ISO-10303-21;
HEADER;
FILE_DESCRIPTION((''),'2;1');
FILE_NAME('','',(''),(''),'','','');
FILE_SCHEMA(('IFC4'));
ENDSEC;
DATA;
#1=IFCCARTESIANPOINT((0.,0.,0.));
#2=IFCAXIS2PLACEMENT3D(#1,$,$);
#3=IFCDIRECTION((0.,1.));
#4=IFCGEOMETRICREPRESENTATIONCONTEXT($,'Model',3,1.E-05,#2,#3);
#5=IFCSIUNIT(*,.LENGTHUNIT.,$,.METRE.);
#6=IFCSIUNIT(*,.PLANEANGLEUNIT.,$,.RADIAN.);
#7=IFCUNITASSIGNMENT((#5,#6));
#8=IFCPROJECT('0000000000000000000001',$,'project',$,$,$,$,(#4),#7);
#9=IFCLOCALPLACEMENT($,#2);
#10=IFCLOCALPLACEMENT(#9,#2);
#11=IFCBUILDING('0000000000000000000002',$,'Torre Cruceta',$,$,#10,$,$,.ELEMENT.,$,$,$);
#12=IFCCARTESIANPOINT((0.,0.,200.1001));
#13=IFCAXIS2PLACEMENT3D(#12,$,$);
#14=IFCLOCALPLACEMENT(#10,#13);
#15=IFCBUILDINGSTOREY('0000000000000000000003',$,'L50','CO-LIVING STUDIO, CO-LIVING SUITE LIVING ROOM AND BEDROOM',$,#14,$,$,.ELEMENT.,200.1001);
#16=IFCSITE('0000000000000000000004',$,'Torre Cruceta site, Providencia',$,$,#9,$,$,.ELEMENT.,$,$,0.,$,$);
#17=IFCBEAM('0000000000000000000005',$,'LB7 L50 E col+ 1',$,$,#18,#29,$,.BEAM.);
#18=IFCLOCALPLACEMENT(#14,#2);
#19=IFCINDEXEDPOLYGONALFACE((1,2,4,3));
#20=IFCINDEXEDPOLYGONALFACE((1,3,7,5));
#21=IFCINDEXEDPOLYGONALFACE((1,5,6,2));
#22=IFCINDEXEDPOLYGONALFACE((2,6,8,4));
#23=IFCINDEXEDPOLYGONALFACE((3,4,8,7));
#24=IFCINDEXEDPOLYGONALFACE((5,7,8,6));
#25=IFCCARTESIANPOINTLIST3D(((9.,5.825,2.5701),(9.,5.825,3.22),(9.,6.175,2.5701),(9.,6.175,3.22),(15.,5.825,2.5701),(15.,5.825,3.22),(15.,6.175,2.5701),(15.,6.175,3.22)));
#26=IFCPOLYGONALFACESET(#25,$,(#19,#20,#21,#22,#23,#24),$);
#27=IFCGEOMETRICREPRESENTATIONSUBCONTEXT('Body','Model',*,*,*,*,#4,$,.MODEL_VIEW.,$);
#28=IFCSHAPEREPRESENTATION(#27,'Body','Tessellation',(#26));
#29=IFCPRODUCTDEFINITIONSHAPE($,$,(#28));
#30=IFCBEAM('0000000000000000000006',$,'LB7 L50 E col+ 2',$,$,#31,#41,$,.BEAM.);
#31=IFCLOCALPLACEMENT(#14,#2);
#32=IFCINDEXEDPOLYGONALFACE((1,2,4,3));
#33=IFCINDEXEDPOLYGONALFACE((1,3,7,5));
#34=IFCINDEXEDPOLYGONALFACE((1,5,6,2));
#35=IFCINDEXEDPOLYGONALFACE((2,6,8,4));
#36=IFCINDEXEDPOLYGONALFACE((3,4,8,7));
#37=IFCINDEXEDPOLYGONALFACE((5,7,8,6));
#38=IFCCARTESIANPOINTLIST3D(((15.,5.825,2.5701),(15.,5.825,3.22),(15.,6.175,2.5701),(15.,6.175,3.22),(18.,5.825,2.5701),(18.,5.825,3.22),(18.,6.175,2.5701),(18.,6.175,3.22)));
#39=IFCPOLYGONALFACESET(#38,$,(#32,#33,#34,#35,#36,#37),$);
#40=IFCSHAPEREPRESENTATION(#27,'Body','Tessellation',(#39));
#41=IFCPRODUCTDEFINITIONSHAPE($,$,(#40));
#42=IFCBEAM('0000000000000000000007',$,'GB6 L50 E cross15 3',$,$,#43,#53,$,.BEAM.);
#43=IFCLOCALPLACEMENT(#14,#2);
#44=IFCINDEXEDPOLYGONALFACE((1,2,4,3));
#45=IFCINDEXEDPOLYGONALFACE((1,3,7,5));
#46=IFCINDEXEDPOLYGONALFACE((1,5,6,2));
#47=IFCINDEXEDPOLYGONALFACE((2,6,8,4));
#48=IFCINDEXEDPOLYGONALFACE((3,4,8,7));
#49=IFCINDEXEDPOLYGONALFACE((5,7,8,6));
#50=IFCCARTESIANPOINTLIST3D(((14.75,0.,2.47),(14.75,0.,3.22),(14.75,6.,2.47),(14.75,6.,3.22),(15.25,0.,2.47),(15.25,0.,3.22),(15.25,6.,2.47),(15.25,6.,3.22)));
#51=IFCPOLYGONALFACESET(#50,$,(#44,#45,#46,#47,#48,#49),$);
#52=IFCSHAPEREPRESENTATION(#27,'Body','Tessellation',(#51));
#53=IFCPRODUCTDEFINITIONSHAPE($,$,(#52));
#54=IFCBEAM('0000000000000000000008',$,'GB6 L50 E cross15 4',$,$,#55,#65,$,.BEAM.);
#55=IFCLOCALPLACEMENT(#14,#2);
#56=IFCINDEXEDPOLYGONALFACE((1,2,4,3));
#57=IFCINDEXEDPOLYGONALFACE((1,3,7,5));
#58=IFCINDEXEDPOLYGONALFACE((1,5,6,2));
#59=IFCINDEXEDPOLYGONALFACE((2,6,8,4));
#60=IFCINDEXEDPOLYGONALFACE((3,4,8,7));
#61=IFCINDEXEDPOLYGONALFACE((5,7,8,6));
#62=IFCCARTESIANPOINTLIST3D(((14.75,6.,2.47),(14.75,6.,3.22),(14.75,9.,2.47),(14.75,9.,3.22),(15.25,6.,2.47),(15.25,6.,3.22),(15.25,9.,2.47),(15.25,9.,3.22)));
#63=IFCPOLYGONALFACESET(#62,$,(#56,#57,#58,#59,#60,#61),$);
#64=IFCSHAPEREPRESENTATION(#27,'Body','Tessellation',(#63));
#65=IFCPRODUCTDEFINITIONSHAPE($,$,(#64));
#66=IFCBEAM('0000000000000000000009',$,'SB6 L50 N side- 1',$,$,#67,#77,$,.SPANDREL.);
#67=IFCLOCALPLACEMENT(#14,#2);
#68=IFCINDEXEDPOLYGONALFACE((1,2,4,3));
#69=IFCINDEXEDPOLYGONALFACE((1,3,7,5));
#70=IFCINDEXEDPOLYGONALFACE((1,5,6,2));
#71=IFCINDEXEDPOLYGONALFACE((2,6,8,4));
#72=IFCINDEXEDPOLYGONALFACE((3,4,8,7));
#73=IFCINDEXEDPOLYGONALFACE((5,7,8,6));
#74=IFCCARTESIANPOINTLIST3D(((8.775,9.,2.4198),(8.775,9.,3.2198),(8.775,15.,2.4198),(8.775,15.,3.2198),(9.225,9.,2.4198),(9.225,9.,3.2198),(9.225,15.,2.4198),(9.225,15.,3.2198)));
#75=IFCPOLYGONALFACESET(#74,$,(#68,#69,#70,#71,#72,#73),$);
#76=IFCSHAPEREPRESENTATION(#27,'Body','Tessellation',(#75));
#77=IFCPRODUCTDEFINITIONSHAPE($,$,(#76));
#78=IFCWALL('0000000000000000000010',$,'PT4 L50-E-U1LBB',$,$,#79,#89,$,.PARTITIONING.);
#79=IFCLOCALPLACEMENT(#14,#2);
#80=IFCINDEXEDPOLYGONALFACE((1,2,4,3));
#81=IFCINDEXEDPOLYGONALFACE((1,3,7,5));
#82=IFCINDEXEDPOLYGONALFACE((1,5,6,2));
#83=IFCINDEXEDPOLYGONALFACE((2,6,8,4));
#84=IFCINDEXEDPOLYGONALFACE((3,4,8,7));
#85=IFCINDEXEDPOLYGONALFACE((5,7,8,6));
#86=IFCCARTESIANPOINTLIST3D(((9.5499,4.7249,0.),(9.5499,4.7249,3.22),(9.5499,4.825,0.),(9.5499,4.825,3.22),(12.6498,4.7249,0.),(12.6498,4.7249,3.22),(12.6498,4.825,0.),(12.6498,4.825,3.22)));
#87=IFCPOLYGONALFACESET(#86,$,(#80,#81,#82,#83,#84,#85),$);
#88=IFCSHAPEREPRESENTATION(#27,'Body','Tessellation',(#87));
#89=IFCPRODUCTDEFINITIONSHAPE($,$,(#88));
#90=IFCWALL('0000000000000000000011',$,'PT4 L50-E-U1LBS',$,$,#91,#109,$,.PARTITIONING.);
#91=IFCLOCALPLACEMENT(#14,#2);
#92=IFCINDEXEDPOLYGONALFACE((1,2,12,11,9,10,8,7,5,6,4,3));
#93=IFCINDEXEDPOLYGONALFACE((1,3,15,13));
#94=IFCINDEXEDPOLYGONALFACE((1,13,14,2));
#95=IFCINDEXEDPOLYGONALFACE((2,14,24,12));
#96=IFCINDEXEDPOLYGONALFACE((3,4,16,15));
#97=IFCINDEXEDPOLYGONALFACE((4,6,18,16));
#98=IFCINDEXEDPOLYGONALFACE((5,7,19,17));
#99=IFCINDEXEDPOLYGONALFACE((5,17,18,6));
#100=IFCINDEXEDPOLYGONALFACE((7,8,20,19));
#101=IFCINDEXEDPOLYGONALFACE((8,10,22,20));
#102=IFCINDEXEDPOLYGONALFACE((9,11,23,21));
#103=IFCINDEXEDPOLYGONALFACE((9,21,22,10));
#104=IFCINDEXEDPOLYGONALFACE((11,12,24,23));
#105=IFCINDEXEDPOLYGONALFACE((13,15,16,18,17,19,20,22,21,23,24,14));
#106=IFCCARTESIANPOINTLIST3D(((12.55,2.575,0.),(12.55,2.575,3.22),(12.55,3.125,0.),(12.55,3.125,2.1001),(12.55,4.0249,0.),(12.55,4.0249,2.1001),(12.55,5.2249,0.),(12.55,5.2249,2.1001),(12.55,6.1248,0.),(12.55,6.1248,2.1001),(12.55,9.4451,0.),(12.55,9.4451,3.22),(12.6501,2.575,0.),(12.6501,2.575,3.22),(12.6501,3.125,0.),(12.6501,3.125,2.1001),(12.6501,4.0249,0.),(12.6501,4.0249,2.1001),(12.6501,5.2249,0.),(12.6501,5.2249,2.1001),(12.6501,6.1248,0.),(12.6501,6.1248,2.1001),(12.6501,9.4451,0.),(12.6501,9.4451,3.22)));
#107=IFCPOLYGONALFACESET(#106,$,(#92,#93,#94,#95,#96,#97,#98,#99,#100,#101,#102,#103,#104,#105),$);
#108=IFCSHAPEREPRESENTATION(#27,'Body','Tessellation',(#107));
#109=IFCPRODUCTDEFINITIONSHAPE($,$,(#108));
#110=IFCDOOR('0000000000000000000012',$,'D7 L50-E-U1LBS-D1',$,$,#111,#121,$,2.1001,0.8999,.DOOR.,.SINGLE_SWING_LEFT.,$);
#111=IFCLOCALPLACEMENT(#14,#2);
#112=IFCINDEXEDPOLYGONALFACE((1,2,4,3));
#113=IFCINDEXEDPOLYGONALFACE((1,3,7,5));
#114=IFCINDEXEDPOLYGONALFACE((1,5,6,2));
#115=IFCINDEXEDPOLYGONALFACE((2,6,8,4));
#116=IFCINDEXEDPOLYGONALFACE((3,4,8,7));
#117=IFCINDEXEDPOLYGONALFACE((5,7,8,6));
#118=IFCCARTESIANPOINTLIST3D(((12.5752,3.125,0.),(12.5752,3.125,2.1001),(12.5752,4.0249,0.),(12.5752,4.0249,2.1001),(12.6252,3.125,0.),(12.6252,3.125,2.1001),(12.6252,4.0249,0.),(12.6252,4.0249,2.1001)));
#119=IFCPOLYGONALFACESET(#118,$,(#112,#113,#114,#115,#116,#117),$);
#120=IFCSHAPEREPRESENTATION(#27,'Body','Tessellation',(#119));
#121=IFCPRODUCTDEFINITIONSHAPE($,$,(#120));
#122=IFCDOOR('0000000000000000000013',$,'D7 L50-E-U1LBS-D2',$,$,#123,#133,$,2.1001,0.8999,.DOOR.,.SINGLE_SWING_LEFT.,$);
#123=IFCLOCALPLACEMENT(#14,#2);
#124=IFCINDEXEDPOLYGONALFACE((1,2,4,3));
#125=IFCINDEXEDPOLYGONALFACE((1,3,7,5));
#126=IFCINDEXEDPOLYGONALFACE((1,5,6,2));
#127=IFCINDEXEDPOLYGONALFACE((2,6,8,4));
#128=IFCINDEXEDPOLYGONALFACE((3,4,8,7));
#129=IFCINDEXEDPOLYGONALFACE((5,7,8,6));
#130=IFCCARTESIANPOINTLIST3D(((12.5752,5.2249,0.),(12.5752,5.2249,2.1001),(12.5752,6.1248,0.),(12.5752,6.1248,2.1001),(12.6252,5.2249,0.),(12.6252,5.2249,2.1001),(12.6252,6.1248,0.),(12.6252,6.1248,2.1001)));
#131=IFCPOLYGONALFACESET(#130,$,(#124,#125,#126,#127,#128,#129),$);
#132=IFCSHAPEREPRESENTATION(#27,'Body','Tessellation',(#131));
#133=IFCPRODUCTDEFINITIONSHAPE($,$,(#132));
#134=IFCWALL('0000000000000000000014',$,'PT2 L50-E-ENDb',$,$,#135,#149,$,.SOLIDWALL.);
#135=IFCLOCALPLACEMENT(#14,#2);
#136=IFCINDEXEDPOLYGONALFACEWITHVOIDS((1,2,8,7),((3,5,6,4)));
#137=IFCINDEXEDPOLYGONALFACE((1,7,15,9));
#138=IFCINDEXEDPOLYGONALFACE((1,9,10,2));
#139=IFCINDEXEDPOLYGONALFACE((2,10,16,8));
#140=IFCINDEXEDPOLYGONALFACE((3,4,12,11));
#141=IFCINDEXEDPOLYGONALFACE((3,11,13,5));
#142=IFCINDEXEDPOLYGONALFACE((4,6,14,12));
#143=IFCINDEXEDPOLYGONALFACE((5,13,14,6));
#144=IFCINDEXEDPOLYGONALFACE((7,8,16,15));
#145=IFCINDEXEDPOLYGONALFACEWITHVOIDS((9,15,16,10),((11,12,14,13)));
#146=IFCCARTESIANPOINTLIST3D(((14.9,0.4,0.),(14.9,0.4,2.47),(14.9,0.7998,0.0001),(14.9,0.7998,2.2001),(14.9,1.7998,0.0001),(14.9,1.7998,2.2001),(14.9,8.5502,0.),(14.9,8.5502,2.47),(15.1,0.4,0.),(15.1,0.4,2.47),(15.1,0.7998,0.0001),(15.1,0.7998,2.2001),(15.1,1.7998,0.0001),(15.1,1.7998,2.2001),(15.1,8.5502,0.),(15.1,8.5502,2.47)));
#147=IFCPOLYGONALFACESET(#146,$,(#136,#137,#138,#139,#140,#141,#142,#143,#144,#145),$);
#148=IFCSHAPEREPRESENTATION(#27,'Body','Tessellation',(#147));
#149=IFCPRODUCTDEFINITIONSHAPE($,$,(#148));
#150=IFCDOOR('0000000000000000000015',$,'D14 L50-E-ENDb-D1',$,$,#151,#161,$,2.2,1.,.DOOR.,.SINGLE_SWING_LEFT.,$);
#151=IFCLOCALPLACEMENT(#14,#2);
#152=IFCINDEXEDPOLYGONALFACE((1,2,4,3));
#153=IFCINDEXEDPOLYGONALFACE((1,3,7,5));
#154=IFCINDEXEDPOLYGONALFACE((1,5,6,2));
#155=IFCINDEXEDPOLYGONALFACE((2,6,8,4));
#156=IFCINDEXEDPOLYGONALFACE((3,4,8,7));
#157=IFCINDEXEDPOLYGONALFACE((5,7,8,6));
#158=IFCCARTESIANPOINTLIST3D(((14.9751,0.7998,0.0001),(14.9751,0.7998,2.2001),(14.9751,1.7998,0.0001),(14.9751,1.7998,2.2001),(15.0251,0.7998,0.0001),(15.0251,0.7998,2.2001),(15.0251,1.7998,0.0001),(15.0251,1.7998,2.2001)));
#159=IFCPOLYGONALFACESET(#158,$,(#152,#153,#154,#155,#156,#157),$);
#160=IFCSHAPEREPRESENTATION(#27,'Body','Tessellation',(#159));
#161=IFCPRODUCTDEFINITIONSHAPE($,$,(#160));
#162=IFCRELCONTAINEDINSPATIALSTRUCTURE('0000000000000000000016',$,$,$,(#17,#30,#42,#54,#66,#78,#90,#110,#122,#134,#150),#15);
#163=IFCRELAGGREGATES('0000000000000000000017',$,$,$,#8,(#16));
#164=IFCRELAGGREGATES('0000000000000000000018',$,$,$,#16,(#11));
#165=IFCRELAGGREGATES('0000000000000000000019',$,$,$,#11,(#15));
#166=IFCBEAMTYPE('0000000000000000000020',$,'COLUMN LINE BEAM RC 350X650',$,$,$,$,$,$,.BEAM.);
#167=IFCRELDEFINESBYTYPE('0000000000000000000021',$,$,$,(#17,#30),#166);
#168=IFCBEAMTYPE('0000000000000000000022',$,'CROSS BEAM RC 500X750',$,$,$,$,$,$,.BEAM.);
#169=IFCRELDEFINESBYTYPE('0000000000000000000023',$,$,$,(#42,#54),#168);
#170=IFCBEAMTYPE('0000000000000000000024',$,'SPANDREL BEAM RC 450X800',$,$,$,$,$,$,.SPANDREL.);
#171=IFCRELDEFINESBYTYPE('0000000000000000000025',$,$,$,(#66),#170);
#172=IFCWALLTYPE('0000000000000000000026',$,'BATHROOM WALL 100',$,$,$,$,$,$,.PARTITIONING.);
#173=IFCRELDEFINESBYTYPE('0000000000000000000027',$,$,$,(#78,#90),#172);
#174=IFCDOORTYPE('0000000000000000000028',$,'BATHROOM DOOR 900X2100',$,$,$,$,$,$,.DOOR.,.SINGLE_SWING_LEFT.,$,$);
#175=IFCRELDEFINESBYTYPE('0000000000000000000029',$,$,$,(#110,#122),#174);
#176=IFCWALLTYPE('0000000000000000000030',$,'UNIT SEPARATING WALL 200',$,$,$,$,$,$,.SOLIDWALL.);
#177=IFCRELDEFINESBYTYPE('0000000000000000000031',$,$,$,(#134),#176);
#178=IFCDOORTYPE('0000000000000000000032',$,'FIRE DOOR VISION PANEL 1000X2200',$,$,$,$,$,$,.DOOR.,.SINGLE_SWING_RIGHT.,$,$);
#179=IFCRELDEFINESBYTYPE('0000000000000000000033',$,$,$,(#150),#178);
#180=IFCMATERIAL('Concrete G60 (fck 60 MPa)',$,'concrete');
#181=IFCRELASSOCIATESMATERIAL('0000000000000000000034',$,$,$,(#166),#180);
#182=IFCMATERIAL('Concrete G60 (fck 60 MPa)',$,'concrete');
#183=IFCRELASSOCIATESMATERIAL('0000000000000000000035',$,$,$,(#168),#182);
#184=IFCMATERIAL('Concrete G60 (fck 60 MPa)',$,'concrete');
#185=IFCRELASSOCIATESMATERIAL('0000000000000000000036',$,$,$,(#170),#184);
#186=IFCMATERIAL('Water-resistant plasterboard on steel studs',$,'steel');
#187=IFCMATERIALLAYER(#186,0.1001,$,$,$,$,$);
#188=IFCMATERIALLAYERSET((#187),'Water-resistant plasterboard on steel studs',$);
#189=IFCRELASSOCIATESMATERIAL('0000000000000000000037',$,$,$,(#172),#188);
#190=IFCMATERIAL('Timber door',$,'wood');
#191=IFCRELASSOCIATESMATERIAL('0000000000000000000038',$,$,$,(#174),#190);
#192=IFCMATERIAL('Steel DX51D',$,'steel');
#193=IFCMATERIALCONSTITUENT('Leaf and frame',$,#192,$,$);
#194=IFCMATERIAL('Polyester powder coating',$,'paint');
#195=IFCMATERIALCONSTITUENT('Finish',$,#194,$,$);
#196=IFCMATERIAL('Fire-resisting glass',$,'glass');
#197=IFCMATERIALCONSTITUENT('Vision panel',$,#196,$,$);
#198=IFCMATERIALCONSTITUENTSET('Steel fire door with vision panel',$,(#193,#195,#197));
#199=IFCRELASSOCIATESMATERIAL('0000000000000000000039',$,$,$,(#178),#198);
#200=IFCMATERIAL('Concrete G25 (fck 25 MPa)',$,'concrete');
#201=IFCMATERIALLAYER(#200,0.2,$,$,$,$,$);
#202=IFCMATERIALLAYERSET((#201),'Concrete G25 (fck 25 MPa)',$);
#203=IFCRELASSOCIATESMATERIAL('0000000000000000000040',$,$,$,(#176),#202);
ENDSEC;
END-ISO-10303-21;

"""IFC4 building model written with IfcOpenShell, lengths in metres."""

from ifc_helpers import new_model, si_unit, direction, frame, frame_2d, origin, origin_2d, place, context, subcontext, project, spatial, rectangle, extrude, material, layer, layer_set, constituent, constituent_set, material_profile, profile_set, type_object, element, fill, save


model = new_model("IFC4")

# Units and contexts
model_context = context("Model", 3, precision=1e-05, world=origin(), true_north=direction((0.0, 1.0)))
body_context = subcontext(model_context, "Body", "Model", "MODEL_VIEW")
ifc_project = project(units=[si_unit("LENGTHUNIT", "METRE"), si_unit("PLANEANGLEUNIT", "RADIAN")], contexts=[model_context])

# Site, building, storey
site_placement = place(None, origin())
site = spatial("IfcSite", under=ifc_project, at=site_placement, Name="Torre Cruceta site, Providencia", CompositionType="ELEMENT", RefElevation=0.0)
building_placement = place(site_placement, origin())
building = spatial("IfcBuilding", under=site, at=building_placement, Name="Torre Cruceta", CompositionType="ELEMENT")
storey_placement = place(building_placement, frame((0.0, 0.0, 200.1001)))
storey = spatial("IfcBuildingStorey", under=building, at=storey_placement, Name="L50", Description="CO-LIVING STUDIO, CO-LIVING SUITE LIVING ROOM AND BEDROOM", CompositionType="ELEMENT", Elevation=200.1001)

# Beams
ifc_material_1 = material(Name="Concrete G60 (fck 60 MPa)", Category="concrete")
ifc_material_profile_1 = material_profile(ifc_material_1, rectangle(XDim=0.3501, YDim=0.6499, at=origin_2d()), Name="RC 350X650")
ifc_profile_set_1 = profile_set([ifc_material_profile_1], Name="Concrete G60 (fck 60 MPa)")
beam_type_1 = type_object("IfcBeamType", Name="COLUMN LINE BEAM RC 350X650", PredefinedType="BEAM", material=ifc_profile_set_1)
beam_1_placement = place(storey_placement, frame((9.0, 6.0, 2.895), z_axis=(1.0, 0.0, 0.0), x_axis=(0.0, 1.0, 0.0)))
element("IfcBeam", 1, at=beam_1_placement, inside=storey, type_object=beam_type_1, Name="LB7 L50 E col+ 1", PredefinedType="BEAM", context=body_context, shape_type="SweptSolid", body=[
    extrude(rectangle(XDim=0.3501, YDim=0.6499, at=origin_2d()), origin(), (0.0, 0.0, 1.0), 6.0),
])
beam_2_placement = place(storey_placement, frame((15.0, 6.0, 2.895), z_axis=(1.0, 0.0, 0.0), x_axis=(0.0, 1.0, 0.0)))
element("IfcBeam", 2, at=beam_2_placement, inside=storey, type_object=beam_type_1, Name="LB7 L50 E col+ 2", PredefinedType="BEAM", context=body_context, shape_type="SweptSolid", body=[
    extrude(rectangle(XDim=0.3501, YDim=0.6499, at=origin_2d()), origin(), (0.0, 0.0, 1.0), 3.0),
])
ifc_material_2 = material(Name="Concrete G60 (fck 60 MPa)", Category="concrete")
ifc_material_profile_2 = material_profile(ifc_material_2, rectangle(XDim=0.5, YDim=0.75, at=origin_2d()), Name="RC 500X750")
ifc_profile_set_2 = profile_set([ifc_material_profile_2], Name="Concrete G60 (fck 60 MPa)")
beam_type_2 = type_object("IfcBeamType", Name="CROSS BEAM RC 500X750", PredefinedType="BEAM", material=ifc_profile_set_2)
beam_3_placement = place(storey_placement, frame((15.0, 0.0, 2.845), z_axis=(0.0, 1.0, 0.0), x_axis=(-1.0, 0.0, 0.0)))
element("IfcBeam", 3, at=beam_3_placement, inside=storey, type_object=beam_type_2, Name="GB6 L50 E cross15 3", PredefinedType="BEAM", context=body_context, shape_type="SweptSolid", body=[
    extrude(rectangle(XDim=0.5, YDim=0.75, at=origin_2d()), origin(), (0.0, 0.0, 1.0), 6.0),
])
beam_4_placement = place(storey_placement, frame((15.0, 6.0, 2.845), z_axis=(0.0, 1.0, 0.0), x_axis=(-1.0, 0.0, 0.0)))
element("IfcBeam", 4, at=beam_4_placement, inside=storey, type_object=beam_type_2, Name="GB6 L50 E cross15 4", PredefinedType="BEAM", context=body_context, shape_type="SweptSolid", body=[
    extrude(rectangle(XDim=0.5, YDim=0.75, at=origin_2d()), origin(), (0.0, 0.0, 1.0), 3.0),
])
ifc_material_3 = material(Name="Concrete G60 (fck 60 MPa)", Category="concrete")
ifc_material_profile_3 = material_profile(ifc_material_3, rectangle(XDim=0.45, YDim=0.8, at=origin_2d()), Name="RC 450X800")
ifc_profile_set_3 = profile_set([ifc_material_profile_3], Name="Concrete G60 (fck 60 MPa)")
beam_type_3 = type_object("IfcBeamType", Name="SPANDREL BEAM RC 450X800", PredefinedType="SPANDREL", material=ifc_profile_set_3)
beam_5_placement = place(storey_placement, frame((9.0, 9.0, 2.8198), z_axis=(0.0, 1.0, 0.0), x_axis=(-1.0, 0.0, 0.0)))
element("IfcBeam", 5, at=beam_5_placement, inside=storey, type_object=beam_type_3, Name="SB6 L50 N side- 1", PredefinedType="SPANDREL", context=body_context, shape_type="SweptSolid", body=[
    extrude(rectangle(XDim=0.45, YDim=0.8, at=origin_2d()), origin(), (0.0, 0.0, 1.0), 6.0),
])

# Wall
ifc_material_4 = material(Name="Water-resistant plasterboard on steel studs", Category="steel")
ifc_layer_1 = layer(ifc_material_4, 0.1001)
ifc_layer_set_1 = layer_set([ifc_layer_1], Name="Water-resistant plasterboard on steel studs")
wall_type_1 = type_object("IfcWallType", Name="BATHROOM WALL 100", PredefinedType="PARTITIONING", material=ifc_layer_set_1)
wall_1_placement = place(storey_placement, frame((9.55, 4.7749, 0.0), z_axis=(0.0, 0.0, 1.0), x_axis=(1.0, 0.0, 0.0)))
element("IfcWall", 6, at=wall_1_placement, inside=storey, type_object=wall_type_1, Name="PT4 L50-E-U1LBB", PredefinedType="PARTITIONING", context=body_context, shape_type="SweptSolid", body=[
    extrude(rectangle(XDim=3.0999, YDim=0.1001, at=frame_2d((1.5498, 0.0))), origin(), (0.0, 0.0, 1.0), 3.22),
])

# Wall, openings, doors
wall_2_placement = place(storey_placement, frame((12.6001, 2.575, 0.0), z_axis=(0.0, 0.0, 1.0), x_axis=(0.0, 1.0, 0.0)))
wall_2 = element("IfcWall", 7, at=wall_2_placement, inside=storey, type_object=wall_type_1, Name="PT4 L50-E-U1LBS", PredefinedType="PARTITIONING", context=body_context, shape_type="SweptSolid", body=[
    extrude(rectangle(XDim=6.8701, YDim=0.1001, at=frame_2d((3.4351, 0.0))), origin(), (0.0, 0.0, 1.0), 3.22),
])
opening_1_placement = place(wall_2_placement, frame((0.55, 0.0, 0.0)))
opening_1 = element("IfcOpeningElement", 8, at=opening_1_placement, cuts=wall_2, PredefinedType="OPENING", context=body_context, shape_type="SweptSolid", body=[
    extrude(rectangle(XDim=0.8999, YDim=2.1001, at=frame_2d((0.45, 1.05))), frame((0.0, 0.0601, 0.0), z_axis=(0.0, -1.0, 0.0), x_axis=(1.0, 0.0, 0.0)), (0.0, 0.0, 1.0), 0.1201),
])
opening_2_placement = place(wall_2_placement, frame((2.6499, 0.0, 0.0)))
opening_2 = element("IfcOpeningElement", 9, at=opening_2_placement, cuts=wall_2, PredefinedType="OPENING", context=body_context, shape_type="SweptSolid", body=[
    extrude(rectangle(XDim=0.8999, YDim=2.1001, at=frame_2d((0.45, 1.05))), frame((0.0, 0.0601, 0.0), z_axis=(0.0, -1.0, 0.0), x_axis=(1.0, 0.0, 0.0)), (0.0, 0.0, 1.0), 0.1201),
])
ifc_material_5 = material(Name="Timber door", Category="wood")
door_type_1 = type_object("IfcDoorType", Name="BATHROOM DOOR 900X2100", OperationType="SINGLE_SWING_LEFT", PredefinedType="DOOR", material=ifc_material_5)
door_1_placement = place(opening_1_placement, origin())
door_1 = element("IfcDoor", 10, at=door_1_placement, inside=storey, type_object=door_type_1, Name="D7 L50-E-U1LBS-D1", OperationType="SINGLE_SWING_LEFT", OverallHeight=2.1001, OverallWidth=0.8999, PredefinedType="DOOR", context=body_context, shape_type="SweptSolid", body=[
    extrude(rectangle(XDim=0.8999, YDim=2.1001, at=frame_2d((0.45, 1.05))), frame((0.0, 0.0249, 0.0), z_axis=(0.0, -1.0, 0.0), x_axis=(1.0, 0.0, 0.0)), (0.0, 0.0, 1.0), 0.05),
])
fill(opening_1, door_1)
door_2_placement = place(opening_2_placement, origin())
door_2 = element("IfcDoor", 11, at=door_2_placement, inside=storey, type_object=door_type_1, Name="D7 L50-E-U1LBS-D2", OperationType="SINGLE_SWING_LEFT", OverallHeight=2.1001, OverallWidth=0.8999, PredefinedType="DOOR", context=body_context, shape_type="SweptSolid", body=[
    extrude(rectangle(XDim=0.8999, YDim=2.1001, at=frame_2d((0.45, 1.05))), frame((0.0, 0.0249, 0.0), z_axis=(0.0, -1.0, 0.0), x_axis=(1.0, 0.0, 0.0)), (0.0, 0.0, 1.0), 0.05),
])
fill(opening_2, door_2)

# Shared definitions
ifc_material_6 = material(Name="Steel DX51D", Category="steel")
ifc_constituent_1 = constituent(ifc_material_6, Name="Leaf and frame")
ifc_material_7 = material(Name="Polyester powder coating", Category="paint")
ifc_constituent_2 = constituent(ifc_material_7, Name="Finish")
ifc_material_8 = material(Name="Fire-resisting glass", Category="glass")
ifc_constituent_3 = constituent(ifc_material_8, Name="Vision panel")
ifc_constituent_set_1 = constituent_set(constituents=[ifc_constituent_1, ifc_constituent_2, ifc_constituent_3], Name="Steel fire door with vision panel")
door_type_2 = type_object("IfcDoorType", Name="FIRE DOOR VISION PANEL 1000X2200", OperationType="SINGLE_SWING_RIGHT", PredefinedType="DOOR", material=ifc_constituent_set_1)

# Wall, opening, door
ifc_material_9 = material(Name="Concrete G25 (fck 25 MPa)", Category="concrete")
ifc_layer_2 = layer(ifc_material_9, 0.2)
ifc_layer_set_2 = layer_set([ifc_layer_2], Name="Concrete G25 (fck 25 MPa)")
wall_type_2 = type_object("IfcWallType", Name="UNIT SEPARATING WALL 200", PredefinedType="SOLIDWALL", material=ifc_layer_set_2)
wall_3_placement = place(storey_placement, frame((15.0, 0.3999, 0.0), z_axis=(0.0, 0.0, 1.0), x_axis=(0.0, 1.0, 0.0)))
wall_3 = element("IfcWall", 12, at=wall_3_placement, inside=storey, type_object=wall_type_2, Name="PT2 L50-E-ENDb", PredefinedType="SOLIDWALL", context=body_context, shape_type="SweptSolid", body=[
    extrude(rectangle(XDim=8.1501, YDim=0.2, at=frame_2d((4.0752, 0.0))), origin(), (0.0, 0.0, 1.0), 2.47),
])
opening_3_placement = place(wall_3_placement, frame((0.3999, 0.0, 0.0)))
opening_3 = element("IfcOpeningElement", 13, at=opening_3_placement, cuts=wall_3, PredefinedType="OPENING", context=body_context, shape_type="SweptSolid", body=[
    extrude(rectangle(XDim=1.0, YDim=2.2, at=frame_2d((0.5, 1.1001))), frame((0.0, 0.1099, 0.0), z_axis=(0.0, -1.0, 0.0), x_axis=(1.0, 0.0, 0.0)), (0.0, 0.0, 1.0), 0.22),
])
door_3_placement = place(opening_3_placement, frame((1.0, 0.0, 0.0), z_axis=(0.0, 0.0, 1.0), x_axis=(-1.0, 0.0, 0.0)))
door_3 = element("IfcDoor", 14, at=door_3_placement, inside=storey, type_object=door_type_2, Name="D14 L50-E-ENDb-D1", OperationType="SINGLE_SWING_LEFT", OverallHeight=2.2, OverallWidth=1.0, PredefinedType="DOOR", context=body_context, shape_type="SweptSolid", body=[
    extrude(rectangle(XDim=1.0, YDim=2.2, at=frame_2d((0.5, 1.1001))), frame((0.0, 0.0251, 0.0), z_axis=(0.0, -1.0, 0.0), x_axis=(1.0, 0.0, 0.0)), (0.0, 0.0, 1.0), 0.05),
])
fill(opening_3, door_3)

save(model, "model.ifc")
